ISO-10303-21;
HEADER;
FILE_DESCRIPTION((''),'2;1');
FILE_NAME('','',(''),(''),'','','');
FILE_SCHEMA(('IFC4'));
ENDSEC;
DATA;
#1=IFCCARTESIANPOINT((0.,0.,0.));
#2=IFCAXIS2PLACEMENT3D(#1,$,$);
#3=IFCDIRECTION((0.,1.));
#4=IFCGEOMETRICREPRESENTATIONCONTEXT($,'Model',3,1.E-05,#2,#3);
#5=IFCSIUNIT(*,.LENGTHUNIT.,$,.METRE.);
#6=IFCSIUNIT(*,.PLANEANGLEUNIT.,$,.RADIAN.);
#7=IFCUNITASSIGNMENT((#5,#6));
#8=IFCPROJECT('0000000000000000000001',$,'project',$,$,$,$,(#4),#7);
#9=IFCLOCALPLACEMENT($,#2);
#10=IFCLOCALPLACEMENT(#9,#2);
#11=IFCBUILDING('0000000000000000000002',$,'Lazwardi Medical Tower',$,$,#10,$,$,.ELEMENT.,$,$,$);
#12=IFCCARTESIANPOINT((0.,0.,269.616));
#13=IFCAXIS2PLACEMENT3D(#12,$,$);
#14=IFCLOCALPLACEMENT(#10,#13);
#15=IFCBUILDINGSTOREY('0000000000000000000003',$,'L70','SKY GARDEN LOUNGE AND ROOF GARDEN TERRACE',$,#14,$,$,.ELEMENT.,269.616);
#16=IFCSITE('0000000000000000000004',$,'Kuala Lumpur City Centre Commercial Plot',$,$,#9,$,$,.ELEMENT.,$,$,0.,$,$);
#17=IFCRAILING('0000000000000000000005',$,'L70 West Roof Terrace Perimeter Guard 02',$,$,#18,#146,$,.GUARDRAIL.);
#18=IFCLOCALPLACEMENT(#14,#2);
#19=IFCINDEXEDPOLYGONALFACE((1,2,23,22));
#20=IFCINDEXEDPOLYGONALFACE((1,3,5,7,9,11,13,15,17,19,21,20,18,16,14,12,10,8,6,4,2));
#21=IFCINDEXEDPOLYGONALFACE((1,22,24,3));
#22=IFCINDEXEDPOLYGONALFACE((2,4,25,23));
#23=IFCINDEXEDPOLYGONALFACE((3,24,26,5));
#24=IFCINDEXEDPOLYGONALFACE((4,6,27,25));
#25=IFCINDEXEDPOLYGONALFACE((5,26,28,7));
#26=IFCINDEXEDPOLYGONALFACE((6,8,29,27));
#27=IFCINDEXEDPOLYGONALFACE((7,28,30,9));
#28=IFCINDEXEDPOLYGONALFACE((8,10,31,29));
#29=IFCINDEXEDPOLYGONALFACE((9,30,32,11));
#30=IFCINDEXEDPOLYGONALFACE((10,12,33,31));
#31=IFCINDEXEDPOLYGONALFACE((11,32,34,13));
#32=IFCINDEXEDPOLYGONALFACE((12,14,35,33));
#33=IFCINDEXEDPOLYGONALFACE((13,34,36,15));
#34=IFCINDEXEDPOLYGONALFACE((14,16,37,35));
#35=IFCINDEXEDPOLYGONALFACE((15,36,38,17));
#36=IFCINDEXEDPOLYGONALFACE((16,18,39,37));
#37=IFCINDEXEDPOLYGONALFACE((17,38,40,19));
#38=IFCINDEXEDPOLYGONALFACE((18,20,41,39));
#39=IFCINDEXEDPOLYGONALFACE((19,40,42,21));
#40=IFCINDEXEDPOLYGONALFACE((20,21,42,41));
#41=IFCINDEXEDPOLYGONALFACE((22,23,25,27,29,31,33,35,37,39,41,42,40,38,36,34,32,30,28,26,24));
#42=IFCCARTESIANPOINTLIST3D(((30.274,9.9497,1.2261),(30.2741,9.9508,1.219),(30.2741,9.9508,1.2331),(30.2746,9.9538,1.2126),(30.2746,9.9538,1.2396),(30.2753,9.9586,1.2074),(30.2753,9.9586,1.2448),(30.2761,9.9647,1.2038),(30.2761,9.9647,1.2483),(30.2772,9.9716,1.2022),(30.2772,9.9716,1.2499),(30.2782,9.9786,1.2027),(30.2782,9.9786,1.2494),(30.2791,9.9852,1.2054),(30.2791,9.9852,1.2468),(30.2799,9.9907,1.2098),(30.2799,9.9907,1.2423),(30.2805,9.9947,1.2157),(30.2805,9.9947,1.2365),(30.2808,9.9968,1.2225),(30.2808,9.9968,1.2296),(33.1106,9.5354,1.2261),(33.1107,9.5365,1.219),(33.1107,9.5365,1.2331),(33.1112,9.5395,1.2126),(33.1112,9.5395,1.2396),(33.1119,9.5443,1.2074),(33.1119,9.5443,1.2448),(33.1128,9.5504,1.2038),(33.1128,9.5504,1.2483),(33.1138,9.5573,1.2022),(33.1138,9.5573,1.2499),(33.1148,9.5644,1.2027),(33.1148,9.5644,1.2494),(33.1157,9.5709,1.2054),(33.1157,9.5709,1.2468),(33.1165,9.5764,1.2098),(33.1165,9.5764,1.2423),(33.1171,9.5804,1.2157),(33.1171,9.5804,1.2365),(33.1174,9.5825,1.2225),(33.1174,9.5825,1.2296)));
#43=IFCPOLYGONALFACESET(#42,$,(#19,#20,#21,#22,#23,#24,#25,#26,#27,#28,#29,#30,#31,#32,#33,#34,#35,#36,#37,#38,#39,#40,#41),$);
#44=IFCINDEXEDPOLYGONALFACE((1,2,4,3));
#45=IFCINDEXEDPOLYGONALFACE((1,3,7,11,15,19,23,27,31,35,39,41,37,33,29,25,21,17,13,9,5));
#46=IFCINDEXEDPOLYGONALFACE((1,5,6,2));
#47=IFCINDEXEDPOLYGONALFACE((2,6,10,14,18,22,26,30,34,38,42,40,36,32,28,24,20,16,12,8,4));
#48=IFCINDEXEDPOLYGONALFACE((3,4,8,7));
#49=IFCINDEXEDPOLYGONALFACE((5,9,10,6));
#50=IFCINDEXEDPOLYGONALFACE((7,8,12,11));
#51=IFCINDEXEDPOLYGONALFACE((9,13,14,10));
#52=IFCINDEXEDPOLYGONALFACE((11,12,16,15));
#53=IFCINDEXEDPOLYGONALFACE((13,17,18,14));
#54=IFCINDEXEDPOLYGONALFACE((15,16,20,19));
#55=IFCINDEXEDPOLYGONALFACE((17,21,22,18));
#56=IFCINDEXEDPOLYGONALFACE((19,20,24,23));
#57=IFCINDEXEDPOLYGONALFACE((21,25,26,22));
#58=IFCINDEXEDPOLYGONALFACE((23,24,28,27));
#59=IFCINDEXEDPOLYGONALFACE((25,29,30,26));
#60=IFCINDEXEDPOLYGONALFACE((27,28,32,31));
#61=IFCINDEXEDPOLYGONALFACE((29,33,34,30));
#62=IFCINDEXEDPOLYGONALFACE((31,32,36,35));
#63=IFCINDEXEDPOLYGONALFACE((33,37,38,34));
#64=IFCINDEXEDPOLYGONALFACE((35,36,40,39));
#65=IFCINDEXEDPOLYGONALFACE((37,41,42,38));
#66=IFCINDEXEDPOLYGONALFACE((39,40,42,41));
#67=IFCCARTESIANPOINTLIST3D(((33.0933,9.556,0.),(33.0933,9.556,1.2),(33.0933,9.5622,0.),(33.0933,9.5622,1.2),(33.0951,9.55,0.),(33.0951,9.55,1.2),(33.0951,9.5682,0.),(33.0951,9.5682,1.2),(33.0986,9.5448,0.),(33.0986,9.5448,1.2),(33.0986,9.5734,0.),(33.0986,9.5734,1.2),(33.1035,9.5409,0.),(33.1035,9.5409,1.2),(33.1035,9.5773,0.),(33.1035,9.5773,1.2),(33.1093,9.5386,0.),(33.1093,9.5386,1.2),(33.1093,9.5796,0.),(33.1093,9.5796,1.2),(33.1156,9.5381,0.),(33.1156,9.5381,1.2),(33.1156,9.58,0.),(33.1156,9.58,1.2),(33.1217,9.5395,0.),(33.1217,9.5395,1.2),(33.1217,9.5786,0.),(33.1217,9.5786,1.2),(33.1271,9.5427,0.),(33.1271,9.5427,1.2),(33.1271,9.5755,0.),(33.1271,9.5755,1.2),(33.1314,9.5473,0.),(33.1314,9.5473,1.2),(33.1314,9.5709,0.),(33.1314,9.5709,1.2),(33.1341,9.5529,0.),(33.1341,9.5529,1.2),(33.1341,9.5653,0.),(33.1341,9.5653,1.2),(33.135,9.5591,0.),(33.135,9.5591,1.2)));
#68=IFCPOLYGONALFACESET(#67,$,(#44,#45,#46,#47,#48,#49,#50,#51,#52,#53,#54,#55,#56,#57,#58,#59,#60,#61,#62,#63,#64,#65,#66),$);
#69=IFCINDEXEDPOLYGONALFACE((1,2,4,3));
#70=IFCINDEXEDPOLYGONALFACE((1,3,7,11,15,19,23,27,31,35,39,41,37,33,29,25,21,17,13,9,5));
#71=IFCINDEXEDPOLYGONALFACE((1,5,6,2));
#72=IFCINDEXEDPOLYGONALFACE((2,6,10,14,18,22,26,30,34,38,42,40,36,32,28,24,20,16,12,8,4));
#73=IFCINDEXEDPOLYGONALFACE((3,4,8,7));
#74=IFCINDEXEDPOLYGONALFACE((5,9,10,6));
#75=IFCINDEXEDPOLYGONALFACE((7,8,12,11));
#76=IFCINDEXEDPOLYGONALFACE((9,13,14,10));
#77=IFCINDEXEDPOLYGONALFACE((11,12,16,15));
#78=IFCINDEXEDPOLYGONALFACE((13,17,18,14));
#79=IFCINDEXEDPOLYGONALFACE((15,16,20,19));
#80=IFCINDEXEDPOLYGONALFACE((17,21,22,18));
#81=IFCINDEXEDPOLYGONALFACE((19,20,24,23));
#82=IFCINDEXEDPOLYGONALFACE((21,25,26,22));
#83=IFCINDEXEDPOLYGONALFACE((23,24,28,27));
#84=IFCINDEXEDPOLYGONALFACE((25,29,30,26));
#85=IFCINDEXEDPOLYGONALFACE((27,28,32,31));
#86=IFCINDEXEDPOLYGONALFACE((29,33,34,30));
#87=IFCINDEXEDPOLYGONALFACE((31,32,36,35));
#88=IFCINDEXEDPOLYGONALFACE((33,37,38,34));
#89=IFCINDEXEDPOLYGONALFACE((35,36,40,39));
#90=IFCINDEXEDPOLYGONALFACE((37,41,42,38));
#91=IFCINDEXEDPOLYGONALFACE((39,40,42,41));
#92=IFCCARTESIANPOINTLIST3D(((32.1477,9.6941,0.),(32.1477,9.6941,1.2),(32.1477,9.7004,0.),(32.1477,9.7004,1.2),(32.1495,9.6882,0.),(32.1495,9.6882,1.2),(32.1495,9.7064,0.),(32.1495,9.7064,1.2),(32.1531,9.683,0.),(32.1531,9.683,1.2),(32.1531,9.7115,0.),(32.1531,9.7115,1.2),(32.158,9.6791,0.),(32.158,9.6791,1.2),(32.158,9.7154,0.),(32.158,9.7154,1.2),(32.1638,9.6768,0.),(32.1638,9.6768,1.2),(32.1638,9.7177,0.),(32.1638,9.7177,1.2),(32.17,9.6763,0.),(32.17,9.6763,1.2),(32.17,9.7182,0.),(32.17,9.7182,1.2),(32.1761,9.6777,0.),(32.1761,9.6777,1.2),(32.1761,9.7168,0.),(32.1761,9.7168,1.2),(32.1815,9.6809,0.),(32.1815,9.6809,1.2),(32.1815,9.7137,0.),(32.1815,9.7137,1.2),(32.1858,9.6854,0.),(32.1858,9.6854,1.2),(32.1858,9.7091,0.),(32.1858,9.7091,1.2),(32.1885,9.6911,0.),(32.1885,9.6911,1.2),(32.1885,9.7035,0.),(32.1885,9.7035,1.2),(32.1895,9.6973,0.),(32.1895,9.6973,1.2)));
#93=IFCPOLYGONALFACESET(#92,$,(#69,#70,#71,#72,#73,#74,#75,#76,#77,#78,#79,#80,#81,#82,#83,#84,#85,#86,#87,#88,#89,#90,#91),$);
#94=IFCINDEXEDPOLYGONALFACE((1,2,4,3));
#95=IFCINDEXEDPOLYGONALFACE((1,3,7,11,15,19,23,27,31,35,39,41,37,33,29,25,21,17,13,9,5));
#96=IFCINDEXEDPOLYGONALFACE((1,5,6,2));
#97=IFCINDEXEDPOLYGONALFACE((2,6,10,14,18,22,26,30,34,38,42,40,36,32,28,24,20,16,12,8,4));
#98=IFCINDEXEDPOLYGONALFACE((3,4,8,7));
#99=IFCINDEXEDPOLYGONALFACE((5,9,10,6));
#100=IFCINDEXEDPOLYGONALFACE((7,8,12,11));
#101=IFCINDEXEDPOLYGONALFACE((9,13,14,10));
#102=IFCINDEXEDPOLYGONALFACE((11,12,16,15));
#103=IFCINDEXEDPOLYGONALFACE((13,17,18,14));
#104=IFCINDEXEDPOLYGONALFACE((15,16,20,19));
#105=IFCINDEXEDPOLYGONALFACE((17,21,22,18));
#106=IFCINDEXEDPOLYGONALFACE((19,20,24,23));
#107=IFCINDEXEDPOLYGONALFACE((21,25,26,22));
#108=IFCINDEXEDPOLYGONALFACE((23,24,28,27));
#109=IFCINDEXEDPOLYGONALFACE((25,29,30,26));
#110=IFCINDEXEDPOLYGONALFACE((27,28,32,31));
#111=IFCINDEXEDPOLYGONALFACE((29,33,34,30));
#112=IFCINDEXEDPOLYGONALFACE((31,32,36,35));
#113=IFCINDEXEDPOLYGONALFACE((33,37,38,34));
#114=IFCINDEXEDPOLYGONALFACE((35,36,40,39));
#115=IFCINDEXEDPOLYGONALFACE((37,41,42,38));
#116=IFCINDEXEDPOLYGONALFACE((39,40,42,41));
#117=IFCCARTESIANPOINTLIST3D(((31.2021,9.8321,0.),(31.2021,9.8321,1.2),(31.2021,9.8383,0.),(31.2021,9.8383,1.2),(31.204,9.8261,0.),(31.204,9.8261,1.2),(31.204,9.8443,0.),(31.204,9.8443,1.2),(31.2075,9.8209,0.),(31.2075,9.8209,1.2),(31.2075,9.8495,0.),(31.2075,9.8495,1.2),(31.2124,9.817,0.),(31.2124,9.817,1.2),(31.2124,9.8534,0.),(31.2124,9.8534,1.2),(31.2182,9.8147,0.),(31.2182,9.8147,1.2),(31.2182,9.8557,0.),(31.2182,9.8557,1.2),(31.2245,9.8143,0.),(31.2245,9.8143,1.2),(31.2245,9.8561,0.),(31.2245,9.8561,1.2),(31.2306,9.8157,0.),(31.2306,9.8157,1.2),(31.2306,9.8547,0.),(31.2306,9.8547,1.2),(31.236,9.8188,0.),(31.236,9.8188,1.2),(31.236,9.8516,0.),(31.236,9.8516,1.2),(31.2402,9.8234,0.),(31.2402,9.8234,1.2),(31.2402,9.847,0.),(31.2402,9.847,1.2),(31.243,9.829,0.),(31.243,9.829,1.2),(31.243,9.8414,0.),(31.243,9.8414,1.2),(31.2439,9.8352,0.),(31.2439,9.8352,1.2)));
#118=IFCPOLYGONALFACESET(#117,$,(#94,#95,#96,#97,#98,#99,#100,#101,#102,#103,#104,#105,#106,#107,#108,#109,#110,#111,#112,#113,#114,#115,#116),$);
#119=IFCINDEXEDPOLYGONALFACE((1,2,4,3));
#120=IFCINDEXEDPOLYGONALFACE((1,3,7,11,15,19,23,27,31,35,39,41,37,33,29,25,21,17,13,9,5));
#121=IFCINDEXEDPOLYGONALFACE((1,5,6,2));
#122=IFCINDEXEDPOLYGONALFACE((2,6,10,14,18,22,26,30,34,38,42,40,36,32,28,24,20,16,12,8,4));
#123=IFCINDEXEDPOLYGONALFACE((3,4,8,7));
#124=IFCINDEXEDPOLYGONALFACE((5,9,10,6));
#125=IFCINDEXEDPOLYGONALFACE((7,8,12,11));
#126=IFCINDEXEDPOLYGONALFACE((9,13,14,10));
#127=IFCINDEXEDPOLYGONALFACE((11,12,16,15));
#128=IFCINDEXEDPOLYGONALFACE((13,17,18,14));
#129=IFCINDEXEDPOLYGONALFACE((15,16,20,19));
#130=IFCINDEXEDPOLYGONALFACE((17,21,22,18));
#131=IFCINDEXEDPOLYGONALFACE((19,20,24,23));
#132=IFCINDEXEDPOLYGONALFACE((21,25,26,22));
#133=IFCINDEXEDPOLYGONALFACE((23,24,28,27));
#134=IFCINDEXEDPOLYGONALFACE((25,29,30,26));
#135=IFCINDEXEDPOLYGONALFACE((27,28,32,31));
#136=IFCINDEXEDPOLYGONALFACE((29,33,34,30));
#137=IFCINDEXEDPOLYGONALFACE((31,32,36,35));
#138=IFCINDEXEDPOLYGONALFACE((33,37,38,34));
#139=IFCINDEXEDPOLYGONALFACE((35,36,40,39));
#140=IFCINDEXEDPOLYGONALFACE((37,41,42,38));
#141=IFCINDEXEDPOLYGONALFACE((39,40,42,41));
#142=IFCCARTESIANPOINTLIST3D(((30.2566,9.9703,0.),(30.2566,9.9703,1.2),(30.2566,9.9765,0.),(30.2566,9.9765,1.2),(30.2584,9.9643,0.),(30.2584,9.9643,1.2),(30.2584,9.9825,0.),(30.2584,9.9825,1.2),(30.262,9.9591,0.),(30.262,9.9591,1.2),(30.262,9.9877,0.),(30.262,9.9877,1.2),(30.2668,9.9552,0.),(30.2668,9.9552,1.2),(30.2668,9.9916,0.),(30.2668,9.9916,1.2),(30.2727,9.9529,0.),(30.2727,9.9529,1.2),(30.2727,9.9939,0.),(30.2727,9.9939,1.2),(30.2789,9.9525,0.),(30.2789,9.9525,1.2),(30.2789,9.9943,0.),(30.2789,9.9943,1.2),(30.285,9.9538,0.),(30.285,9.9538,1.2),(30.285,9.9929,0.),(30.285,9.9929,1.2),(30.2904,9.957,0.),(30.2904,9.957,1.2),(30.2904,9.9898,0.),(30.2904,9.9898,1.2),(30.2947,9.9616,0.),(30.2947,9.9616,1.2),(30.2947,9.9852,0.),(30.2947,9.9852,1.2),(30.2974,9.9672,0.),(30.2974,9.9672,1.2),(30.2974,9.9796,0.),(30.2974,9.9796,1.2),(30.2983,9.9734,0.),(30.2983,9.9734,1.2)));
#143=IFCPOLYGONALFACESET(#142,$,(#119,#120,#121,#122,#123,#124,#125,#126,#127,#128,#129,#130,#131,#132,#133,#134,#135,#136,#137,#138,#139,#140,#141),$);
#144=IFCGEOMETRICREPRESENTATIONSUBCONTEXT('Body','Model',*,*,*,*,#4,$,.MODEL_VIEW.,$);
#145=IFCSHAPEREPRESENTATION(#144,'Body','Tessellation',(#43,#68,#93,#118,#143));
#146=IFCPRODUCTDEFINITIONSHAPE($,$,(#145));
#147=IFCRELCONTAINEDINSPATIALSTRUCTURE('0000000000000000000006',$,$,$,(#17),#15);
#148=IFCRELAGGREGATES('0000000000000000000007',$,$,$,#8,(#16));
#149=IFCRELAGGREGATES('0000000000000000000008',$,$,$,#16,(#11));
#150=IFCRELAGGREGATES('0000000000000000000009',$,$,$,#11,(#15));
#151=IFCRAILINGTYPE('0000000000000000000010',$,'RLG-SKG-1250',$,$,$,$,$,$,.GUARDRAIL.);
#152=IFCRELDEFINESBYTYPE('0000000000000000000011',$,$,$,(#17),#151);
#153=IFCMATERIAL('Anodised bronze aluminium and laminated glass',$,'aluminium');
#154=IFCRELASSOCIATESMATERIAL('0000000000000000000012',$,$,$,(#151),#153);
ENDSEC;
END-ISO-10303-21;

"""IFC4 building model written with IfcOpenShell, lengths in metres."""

from ifc_helpers import new_model, si_unit, direction, frame, origin, origin_2d, place, context, subcontext, project, spatial, circle, extrude, material, type_object, element, save


model = new_model("IFC4")

# Units and contexts
model_context = context("Model", 3, precision=1e-05, world=origin(), true_north=direction((0.0, 1.0)))
body_context = subcontext(model_context, "Body", "Model", "MODEL_VIEW")
ifc_project = project(units=[si_unit("LENGTHUNIT", "METRE"), si_unit("PLANEANGLEUNIT", "RADIAN")], contexts=[model_context])

# Site, building, storey
site_placement = place(None, origin())
site = spatial("IfcSite", under=ifc_project, at=site_placement, Name="Kuala Lumpur City Centre Commercial Plot", CompositionType="ELEMENT", RefElevation=0.0)
building_placement = place(site_placement, origin())
building = spatial("IfcBuilding", under=site, at=building_placement, Name="Lazwardi Medical Tower", CompositionType="ELEMENT")
storey_placement = place(building_placement, frame((0.0, 0.0, 269.616)))
storey = spatial("IfcBuildingStorey", under=building, at=storey_placement, Name="L70", Description="SKY GARDEN LOUNGE AND ROOF GARDEN TERRACE", CompositionType="ELEMENT", Elevation=269.616)

# Railing
ifc_material_1 = material(Name="Anodised bronze aluminium and laminated glass", Category="aluminium")
railing_type = type_object("IfcRailingType", Name="RLG-SKG-1250", PredefinedType="GUARDRAIL", material=ifc_material_1)
railing_1_placement = place(storey_placement, frame((33.114, 9.5591, 0.0)))
element("IfcRailing", 1, at=railing_1_placement, inside=storey, type_object=railing_type, Name="L70 West Roof Terrace Perimeter Guard 02", PredefinedType="GUARDRAIL", context=body_context, shape_type="SweptSolid", body=[
    extrude(circle(Radius=0.0239, at=origin_2d()), frame((0.0, 0.0, 1.2261), z_axis=(-0.989502, 0.144521, 0.0), x_axis=(-0.144521, -0.989502, 0.0)), (0.0, 0.0, 1.0), 2.8667),
    extrude(circle(Radius=0.021, at=origin_2d()), origin(), (0.0, 0.0, 1.0), 1.2),
    extrude(circle(Radius=0.021, at=origin_2d()), frame((-0.9456, 0.1382, 0.0)), (0.0, 0.0, 1.0), 1.2),
    extrude(circle(Radius=0.021, at=origin_2d()), frame((-1.8911, 0.2761, 0.0)), (0.0, 0.0, 1.0), 1.2),
    extrude(circle(Radius=0.021, at=origin_2d()), frame((-2.8367, 0.4143, 0.0)), (0.0, 0.0, 1.0), 1.2),
])

save(model, "model.ifc")
